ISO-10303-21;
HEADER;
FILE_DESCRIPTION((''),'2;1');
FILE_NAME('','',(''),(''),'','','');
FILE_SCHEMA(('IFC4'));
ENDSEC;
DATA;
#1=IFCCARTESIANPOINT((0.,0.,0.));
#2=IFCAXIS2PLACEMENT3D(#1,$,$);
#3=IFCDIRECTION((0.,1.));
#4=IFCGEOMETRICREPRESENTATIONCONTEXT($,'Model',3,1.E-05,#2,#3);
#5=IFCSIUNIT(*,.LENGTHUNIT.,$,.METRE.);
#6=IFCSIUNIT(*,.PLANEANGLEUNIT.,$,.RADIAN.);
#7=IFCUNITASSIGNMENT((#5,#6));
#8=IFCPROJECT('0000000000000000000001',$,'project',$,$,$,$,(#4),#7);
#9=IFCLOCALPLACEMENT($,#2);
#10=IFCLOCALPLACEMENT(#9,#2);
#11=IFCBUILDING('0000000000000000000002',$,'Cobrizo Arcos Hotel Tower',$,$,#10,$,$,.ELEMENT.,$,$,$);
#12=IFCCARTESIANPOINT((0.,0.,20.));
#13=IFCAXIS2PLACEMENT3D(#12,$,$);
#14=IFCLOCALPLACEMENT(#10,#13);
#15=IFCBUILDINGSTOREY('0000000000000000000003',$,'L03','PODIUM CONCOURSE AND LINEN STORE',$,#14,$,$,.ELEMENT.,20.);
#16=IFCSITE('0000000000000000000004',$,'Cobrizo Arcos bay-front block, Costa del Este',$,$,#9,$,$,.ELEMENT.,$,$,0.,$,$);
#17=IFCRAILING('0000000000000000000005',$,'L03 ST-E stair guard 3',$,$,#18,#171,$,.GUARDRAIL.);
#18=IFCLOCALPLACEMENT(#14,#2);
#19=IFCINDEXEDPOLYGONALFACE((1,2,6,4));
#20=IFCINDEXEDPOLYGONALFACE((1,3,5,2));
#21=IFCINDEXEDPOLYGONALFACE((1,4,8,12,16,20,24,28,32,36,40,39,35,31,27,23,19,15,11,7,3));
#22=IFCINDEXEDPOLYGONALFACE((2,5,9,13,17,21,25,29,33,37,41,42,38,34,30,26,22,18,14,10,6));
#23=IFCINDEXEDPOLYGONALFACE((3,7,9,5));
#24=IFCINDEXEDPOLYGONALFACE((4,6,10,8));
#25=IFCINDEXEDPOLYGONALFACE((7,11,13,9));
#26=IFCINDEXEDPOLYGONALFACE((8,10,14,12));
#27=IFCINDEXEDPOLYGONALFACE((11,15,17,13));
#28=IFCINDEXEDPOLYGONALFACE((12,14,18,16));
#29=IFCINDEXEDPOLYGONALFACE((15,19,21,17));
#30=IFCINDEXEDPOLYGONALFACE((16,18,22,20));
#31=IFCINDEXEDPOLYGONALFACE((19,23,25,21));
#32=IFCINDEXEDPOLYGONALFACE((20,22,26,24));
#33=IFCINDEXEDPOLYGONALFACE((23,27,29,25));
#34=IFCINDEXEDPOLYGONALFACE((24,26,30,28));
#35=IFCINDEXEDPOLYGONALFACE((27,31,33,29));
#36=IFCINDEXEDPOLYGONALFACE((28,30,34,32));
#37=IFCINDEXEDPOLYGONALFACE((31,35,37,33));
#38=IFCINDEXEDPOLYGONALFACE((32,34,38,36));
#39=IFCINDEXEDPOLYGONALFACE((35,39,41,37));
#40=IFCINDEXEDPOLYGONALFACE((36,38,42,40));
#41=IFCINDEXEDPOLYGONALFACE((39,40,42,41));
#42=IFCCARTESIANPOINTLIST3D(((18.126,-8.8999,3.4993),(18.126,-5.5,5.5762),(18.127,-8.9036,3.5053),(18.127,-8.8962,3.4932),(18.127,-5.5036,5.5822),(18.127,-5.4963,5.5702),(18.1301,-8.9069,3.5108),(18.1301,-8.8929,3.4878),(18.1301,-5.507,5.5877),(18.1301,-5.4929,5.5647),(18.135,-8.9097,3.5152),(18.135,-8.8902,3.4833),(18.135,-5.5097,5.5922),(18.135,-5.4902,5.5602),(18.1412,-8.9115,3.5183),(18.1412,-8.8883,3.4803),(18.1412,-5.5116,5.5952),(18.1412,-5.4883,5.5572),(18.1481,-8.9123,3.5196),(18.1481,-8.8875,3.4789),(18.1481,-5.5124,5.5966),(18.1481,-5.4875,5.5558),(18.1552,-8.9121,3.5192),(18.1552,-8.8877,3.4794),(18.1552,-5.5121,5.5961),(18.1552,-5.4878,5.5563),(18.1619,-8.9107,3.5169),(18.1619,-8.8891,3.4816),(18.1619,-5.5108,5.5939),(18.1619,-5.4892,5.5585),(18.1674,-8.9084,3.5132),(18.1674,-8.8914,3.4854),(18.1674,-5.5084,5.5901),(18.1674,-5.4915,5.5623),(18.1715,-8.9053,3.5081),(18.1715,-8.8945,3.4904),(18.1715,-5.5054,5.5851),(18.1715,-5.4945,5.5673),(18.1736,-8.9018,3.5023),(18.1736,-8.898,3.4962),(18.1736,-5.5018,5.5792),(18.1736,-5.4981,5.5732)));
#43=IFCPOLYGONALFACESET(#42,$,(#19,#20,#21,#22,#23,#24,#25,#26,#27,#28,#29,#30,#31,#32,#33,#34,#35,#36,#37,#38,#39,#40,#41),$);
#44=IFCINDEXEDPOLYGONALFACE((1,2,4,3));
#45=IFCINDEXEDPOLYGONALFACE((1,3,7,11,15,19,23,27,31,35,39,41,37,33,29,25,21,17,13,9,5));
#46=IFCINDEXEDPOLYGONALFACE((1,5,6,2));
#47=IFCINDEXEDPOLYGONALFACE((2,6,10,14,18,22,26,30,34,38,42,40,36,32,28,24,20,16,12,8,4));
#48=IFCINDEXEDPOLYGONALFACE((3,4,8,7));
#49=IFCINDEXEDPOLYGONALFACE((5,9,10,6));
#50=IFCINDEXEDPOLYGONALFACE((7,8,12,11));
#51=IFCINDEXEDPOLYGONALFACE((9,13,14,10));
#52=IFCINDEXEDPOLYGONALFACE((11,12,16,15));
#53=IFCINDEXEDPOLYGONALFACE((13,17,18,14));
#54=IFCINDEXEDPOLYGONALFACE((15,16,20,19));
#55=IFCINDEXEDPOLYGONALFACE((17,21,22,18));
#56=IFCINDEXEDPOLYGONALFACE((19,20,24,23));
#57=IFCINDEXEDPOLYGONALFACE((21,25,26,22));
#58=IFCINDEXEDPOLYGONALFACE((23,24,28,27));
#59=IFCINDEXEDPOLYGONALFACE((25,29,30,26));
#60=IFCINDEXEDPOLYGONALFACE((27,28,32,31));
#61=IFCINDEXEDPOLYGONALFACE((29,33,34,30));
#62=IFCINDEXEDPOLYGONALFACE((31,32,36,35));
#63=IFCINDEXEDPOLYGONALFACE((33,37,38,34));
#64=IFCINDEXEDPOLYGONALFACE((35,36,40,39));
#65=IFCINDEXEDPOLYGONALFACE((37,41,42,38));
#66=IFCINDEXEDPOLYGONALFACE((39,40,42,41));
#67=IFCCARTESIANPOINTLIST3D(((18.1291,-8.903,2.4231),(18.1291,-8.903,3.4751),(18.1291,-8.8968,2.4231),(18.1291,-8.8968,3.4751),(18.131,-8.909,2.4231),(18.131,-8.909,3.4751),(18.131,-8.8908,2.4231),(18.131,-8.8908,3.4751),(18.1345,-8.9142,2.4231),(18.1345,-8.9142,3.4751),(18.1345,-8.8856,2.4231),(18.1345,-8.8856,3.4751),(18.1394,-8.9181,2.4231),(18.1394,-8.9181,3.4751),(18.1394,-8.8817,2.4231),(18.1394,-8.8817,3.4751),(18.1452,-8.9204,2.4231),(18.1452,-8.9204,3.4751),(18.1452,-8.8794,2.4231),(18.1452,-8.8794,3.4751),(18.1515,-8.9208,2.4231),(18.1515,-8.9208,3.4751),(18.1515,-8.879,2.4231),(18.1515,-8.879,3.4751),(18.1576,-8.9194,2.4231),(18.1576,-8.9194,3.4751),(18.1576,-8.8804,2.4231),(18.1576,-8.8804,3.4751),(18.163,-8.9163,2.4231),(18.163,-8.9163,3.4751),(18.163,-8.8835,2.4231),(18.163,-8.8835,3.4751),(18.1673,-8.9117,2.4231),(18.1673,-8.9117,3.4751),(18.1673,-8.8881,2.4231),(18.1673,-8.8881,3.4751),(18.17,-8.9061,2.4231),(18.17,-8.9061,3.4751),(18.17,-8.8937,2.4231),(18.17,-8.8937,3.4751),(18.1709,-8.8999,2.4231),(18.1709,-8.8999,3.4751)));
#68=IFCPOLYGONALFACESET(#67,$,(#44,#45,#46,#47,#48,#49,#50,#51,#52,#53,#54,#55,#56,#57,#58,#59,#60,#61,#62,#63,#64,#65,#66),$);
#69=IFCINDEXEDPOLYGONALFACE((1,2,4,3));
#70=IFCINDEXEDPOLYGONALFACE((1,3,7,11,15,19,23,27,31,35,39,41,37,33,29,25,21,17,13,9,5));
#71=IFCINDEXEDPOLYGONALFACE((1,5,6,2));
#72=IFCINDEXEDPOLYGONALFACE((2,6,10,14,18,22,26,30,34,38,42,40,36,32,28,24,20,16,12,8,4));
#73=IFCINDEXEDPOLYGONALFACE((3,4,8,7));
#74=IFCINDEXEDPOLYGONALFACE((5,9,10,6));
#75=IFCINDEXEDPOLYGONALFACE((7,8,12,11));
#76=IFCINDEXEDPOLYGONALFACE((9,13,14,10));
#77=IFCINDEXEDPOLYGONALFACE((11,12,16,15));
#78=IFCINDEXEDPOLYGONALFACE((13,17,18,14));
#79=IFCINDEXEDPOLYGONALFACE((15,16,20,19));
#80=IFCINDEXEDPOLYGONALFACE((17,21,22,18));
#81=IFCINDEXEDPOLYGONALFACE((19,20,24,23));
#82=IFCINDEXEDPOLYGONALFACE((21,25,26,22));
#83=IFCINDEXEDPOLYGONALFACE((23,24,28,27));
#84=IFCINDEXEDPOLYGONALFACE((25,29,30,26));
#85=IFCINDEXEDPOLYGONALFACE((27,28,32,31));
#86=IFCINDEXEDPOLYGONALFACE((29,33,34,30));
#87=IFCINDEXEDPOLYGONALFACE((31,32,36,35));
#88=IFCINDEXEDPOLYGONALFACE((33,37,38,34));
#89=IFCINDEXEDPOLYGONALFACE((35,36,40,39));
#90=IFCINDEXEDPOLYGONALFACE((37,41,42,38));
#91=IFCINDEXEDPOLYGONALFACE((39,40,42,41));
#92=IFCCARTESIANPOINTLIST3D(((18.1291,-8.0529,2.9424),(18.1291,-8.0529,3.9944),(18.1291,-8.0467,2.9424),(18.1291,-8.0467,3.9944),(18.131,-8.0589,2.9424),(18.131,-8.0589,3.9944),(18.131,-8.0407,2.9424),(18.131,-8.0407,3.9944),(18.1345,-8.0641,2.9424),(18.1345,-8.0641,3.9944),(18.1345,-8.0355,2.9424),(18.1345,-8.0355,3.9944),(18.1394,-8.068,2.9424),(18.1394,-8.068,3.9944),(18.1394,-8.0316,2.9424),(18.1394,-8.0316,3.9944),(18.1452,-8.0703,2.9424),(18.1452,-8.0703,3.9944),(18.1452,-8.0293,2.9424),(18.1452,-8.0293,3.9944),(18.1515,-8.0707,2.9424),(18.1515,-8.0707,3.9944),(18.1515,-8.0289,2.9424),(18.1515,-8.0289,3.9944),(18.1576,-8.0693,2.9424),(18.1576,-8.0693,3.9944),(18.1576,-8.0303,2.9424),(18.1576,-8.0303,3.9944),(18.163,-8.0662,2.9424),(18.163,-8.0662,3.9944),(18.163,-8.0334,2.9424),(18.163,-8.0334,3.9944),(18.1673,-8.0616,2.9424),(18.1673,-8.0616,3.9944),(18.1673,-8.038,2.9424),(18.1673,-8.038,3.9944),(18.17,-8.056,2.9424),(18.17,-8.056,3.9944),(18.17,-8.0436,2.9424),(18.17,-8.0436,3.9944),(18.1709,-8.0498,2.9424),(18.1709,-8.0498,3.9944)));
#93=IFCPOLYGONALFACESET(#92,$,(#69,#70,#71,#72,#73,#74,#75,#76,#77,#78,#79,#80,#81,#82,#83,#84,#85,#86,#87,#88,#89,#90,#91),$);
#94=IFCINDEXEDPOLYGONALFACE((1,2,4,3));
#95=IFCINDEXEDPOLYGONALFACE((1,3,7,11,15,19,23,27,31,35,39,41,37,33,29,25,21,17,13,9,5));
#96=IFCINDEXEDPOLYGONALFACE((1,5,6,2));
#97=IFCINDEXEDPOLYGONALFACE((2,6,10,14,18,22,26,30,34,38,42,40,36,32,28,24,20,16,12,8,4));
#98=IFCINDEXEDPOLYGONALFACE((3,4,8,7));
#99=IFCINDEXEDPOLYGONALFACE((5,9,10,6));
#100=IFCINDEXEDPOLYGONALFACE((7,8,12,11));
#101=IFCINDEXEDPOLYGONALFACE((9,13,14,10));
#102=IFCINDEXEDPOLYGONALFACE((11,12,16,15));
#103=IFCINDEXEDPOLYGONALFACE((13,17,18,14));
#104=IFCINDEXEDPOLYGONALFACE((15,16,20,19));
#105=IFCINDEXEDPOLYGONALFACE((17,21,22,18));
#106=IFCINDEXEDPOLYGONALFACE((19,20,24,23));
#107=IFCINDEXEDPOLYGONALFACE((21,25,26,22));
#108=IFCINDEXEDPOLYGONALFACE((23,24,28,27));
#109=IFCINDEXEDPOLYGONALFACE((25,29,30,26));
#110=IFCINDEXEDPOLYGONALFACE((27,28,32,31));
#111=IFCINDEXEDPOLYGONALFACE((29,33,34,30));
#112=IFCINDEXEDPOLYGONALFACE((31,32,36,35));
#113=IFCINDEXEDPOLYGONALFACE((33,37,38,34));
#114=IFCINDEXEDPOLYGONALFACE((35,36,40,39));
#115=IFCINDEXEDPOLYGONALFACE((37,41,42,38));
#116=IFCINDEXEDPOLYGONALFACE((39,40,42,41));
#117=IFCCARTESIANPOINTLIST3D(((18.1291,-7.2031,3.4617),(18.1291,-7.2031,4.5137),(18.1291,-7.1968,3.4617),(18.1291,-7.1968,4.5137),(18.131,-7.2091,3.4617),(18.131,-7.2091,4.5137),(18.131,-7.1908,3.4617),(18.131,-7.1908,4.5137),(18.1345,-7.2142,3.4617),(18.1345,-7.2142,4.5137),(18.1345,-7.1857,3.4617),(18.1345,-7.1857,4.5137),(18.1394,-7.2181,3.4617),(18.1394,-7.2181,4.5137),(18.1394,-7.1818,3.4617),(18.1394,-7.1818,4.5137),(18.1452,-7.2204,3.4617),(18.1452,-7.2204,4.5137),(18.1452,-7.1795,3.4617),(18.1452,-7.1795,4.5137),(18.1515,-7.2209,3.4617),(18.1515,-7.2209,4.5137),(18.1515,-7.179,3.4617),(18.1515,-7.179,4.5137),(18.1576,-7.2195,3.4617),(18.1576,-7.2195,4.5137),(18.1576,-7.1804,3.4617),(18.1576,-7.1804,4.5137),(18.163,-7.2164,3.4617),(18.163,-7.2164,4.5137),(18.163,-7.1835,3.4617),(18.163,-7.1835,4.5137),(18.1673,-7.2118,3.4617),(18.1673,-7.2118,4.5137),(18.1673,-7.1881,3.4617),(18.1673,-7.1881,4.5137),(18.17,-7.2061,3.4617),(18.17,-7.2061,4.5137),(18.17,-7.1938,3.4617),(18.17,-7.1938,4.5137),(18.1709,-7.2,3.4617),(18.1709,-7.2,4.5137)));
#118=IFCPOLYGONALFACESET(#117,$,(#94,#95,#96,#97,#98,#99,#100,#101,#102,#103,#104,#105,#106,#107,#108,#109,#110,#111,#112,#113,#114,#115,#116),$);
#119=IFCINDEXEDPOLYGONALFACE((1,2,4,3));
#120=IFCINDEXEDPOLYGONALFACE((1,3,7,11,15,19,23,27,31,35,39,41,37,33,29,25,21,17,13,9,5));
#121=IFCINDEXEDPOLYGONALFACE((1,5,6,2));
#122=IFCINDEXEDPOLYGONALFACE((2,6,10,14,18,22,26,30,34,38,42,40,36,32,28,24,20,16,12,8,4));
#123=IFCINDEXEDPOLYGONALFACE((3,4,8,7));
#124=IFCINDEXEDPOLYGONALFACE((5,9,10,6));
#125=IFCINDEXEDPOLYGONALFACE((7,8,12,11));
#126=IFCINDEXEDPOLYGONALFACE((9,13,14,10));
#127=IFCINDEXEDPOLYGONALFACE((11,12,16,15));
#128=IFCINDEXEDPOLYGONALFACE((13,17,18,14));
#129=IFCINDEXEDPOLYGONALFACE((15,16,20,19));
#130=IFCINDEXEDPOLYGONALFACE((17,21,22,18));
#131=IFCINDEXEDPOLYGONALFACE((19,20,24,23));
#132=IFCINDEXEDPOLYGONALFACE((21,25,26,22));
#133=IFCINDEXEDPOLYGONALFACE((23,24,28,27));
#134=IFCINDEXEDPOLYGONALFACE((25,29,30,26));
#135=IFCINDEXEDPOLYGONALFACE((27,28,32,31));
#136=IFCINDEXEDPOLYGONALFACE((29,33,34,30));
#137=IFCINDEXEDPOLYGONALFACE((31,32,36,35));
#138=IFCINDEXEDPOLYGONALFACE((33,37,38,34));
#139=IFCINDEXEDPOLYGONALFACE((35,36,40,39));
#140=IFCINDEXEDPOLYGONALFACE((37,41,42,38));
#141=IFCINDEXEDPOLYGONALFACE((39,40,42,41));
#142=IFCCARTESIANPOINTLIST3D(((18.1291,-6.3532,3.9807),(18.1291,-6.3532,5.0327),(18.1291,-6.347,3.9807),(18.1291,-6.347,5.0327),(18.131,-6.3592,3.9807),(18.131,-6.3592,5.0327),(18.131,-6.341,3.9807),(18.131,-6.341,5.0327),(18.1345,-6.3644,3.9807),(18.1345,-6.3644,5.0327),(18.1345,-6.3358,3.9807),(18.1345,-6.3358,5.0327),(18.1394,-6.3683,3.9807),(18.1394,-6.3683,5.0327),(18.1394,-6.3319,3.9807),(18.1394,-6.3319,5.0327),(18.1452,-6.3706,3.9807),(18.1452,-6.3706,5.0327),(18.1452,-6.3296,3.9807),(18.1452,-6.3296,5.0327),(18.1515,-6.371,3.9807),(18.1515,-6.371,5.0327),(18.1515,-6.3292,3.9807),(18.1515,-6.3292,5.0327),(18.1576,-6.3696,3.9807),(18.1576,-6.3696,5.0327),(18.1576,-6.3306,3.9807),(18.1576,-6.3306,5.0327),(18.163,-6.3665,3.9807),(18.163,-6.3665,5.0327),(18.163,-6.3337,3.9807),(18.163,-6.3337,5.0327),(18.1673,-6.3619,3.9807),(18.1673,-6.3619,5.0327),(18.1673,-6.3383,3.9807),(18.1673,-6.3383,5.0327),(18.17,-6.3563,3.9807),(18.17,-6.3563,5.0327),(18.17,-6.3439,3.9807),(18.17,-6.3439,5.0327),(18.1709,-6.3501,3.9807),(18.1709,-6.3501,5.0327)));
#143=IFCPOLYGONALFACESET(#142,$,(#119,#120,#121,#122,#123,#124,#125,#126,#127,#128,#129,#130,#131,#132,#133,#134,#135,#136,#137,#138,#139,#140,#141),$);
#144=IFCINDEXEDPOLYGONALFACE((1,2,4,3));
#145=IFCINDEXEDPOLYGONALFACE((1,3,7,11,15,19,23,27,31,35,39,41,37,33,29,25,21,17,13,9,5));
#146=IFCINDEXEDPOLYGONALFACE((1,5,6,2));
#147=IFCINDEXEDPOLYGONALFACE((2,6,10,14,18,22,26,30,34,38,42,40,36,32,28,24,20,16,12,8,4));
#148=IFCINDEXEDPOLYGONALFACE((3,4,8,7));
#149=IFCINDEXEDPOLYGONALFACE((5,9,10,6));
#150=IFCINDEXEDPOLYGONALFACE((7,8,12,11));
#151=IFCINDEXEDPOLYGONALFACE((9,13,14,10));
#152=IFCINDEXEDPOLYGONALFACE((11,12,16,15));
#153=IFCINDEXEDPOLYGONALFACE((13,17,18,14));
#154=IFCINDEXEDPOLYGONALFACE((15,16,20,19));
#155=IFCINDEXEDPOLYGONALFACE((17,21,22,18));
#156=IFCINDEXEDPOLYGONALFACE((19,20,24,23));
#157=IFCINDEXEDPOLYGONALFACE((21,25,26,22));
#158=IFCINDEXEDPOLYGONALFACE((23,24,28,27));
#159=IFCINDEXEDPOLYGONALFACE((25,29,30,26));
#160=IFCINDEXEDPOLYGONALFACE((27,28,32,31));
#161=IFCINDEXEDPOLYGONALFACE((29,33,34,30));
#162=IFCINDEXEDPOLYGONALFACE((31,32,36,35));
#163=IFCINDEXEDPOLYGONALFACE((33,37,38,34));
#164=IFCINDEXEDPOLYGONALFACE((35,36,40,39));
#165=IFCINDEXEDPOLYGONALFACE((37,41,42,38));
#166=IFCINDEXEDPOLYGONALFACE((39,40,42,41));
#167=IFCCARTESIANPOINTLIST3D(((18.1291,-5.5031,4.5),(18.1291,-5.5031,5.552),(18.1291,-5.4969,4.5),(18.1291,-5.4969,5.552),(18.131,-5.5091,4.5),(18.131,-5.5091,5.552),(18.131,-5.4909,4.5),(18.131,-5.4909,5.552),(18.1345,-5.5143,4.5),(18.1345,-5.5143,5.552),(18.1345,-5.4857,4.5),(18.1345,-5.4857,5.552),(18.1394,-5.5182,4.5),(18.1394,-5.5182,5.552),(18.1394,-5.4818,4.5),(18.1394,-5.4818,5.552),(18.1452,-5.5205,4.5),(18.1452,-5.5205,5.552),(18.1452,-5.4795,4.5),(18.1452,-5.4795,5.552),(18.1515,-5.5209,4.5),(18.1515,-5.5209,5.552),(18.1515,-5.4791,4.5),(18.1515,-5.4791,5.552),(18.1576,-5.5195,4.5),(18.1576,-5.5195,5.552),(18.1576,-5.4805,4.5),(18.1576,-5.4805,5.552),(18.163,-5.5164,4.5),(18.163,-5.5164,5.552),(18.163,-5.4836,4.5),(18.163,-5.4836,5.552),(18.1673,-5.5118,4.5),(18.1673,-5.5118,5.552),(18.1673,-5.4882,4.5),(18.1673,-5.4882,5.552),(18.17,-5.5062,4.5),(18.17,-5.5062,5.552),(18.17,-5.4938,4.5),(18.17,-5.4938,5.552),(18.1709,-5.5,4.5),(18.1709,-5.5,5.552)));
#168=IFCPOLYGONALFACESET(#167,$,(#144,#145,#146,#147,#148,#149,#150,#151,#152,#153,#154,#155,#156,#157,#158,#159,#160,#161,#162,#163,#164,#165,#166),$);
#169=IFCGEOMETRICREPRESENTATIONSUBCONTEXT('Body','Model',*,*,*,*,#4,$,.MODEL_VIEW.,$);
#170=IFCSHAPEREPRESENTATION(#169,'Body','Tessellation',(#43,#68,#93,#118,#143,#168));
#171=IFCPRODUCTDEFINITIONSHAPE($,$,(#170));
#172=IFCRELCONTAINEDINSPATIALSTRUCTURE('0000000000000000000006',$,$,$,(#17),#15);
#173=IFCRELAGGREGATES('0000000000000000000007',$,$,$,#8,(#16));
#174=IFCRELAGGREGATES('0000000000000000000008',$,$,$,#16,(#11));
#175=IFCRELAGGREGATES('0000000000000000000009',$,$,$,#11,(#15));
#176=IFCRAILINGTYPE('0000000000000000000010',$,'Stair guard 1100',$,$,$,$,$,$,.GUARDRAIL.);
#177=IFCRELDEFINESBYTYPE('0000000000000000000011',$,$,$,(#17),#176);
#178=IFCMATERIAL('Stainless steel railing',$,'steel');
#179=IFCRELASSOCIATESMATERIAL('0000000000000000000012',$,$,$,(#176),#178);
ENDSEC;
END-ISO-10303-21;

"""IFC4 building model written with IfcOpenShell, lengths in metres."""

from ifc_helpers import new_model, si_unit, direction, frame, origin, origin_2d, place, context, subcontext, project, spatial, circle, extrude, material, type_object, element, save


model = new_model("IFC4")

# Units and contexts
model_context = context("Model", 3, precision=1e-05, world=origin(), true_north=direction((0.0, 1.0)))
body_context = subcontext(model_context, "Body", "Model", "MODEL_VIEW")
ifc_project = project(units=[si_unit("LENGTHUNIT", "METRE"), si_unit("PLANEANGLEUNIT", "RADIAN")], contexts=[model_context])

# Site, building, storey
site_placement = place(None, origin())
site = spatial("IfcSite", under=ifc_project, at=site_placement, Name="Cobrizo Arcos bay-front block, Costa del Este", CompositionType="ELEMENT", RefElevation=0.0)
building_placement = place(site_placement, origin())
building = spatial("IfcBuilding", under=site, at=building_placement, Name="Cobrizo Arcos Hotel Tower", CompositionType="ELEMENT")
storey_placement = place(building_placement, frame((0.0, 0.0, 20.0)))
storey = spatial("IfcBuildingStorey", under=building, at=storey_placement, Name="L03", Description="PODIUM CONCOURSE AND LINEN STORE", CompositionType="ELEMENT", Elevation=20.0)

# Railing
ifc_material_1 = material(Name="Stainless steel railing", Category="steel")
railing_type_1 = type_object("IfcRailingType", Name="Stair guard 1100", PredefinedType="GUARDRAIL", material=ifc_material_1)
railing_1_placement = place(storey_placement, frame((18.1499, -8.8999, 2.4231)))
element("IfcRailing", 1, at=railing_1_placement, inside=storey, type_object=railing_type_1, Name="L03 ST-E stair guard 3", PredefinedType="GUARDRAIL", context=body_context, shape_type="SweptSolid", body=[
    extrude(circle(Radius=0.0239, at=origin_2d()), frame((0.0, 0.0, 1.0762), z_axis=(0.0, 0.853373, 0.521301), x_axis=(-1.0, 0.0, 0.0)), (0.0, 0.0, 1.0), 3.9841),
    extrude(circle(Radius=0.021, at=origin_2d()), origin(), (0.0, 0.0, 1.0), 1.052),
    extrude(circle(Radius=0.021, at=origin_2d()), frame((0.0, 0.8501, 0.5193)), (0.0, 0.0, 1.0), 1.052),
    extrude(circle(Radius=0.021, at=origin_2d()), frame((0.0, 1.7, 1.0386)), (0.0, 0.0, 1.0), 1.052),
    extrude(circle(Radius=0.021, at=origin_2d()), frame((0.0, 2.5498, 1.5576)), (0.0, 0.0, 1.0), 1.052),
    extrude(circle(Radius=0.021, at=origin_2d()), frame((0.0, 3.3999, 2.0769)), (0.0, 0.0, 1.0), 1.052),
])

save(model, "model.ifc")
